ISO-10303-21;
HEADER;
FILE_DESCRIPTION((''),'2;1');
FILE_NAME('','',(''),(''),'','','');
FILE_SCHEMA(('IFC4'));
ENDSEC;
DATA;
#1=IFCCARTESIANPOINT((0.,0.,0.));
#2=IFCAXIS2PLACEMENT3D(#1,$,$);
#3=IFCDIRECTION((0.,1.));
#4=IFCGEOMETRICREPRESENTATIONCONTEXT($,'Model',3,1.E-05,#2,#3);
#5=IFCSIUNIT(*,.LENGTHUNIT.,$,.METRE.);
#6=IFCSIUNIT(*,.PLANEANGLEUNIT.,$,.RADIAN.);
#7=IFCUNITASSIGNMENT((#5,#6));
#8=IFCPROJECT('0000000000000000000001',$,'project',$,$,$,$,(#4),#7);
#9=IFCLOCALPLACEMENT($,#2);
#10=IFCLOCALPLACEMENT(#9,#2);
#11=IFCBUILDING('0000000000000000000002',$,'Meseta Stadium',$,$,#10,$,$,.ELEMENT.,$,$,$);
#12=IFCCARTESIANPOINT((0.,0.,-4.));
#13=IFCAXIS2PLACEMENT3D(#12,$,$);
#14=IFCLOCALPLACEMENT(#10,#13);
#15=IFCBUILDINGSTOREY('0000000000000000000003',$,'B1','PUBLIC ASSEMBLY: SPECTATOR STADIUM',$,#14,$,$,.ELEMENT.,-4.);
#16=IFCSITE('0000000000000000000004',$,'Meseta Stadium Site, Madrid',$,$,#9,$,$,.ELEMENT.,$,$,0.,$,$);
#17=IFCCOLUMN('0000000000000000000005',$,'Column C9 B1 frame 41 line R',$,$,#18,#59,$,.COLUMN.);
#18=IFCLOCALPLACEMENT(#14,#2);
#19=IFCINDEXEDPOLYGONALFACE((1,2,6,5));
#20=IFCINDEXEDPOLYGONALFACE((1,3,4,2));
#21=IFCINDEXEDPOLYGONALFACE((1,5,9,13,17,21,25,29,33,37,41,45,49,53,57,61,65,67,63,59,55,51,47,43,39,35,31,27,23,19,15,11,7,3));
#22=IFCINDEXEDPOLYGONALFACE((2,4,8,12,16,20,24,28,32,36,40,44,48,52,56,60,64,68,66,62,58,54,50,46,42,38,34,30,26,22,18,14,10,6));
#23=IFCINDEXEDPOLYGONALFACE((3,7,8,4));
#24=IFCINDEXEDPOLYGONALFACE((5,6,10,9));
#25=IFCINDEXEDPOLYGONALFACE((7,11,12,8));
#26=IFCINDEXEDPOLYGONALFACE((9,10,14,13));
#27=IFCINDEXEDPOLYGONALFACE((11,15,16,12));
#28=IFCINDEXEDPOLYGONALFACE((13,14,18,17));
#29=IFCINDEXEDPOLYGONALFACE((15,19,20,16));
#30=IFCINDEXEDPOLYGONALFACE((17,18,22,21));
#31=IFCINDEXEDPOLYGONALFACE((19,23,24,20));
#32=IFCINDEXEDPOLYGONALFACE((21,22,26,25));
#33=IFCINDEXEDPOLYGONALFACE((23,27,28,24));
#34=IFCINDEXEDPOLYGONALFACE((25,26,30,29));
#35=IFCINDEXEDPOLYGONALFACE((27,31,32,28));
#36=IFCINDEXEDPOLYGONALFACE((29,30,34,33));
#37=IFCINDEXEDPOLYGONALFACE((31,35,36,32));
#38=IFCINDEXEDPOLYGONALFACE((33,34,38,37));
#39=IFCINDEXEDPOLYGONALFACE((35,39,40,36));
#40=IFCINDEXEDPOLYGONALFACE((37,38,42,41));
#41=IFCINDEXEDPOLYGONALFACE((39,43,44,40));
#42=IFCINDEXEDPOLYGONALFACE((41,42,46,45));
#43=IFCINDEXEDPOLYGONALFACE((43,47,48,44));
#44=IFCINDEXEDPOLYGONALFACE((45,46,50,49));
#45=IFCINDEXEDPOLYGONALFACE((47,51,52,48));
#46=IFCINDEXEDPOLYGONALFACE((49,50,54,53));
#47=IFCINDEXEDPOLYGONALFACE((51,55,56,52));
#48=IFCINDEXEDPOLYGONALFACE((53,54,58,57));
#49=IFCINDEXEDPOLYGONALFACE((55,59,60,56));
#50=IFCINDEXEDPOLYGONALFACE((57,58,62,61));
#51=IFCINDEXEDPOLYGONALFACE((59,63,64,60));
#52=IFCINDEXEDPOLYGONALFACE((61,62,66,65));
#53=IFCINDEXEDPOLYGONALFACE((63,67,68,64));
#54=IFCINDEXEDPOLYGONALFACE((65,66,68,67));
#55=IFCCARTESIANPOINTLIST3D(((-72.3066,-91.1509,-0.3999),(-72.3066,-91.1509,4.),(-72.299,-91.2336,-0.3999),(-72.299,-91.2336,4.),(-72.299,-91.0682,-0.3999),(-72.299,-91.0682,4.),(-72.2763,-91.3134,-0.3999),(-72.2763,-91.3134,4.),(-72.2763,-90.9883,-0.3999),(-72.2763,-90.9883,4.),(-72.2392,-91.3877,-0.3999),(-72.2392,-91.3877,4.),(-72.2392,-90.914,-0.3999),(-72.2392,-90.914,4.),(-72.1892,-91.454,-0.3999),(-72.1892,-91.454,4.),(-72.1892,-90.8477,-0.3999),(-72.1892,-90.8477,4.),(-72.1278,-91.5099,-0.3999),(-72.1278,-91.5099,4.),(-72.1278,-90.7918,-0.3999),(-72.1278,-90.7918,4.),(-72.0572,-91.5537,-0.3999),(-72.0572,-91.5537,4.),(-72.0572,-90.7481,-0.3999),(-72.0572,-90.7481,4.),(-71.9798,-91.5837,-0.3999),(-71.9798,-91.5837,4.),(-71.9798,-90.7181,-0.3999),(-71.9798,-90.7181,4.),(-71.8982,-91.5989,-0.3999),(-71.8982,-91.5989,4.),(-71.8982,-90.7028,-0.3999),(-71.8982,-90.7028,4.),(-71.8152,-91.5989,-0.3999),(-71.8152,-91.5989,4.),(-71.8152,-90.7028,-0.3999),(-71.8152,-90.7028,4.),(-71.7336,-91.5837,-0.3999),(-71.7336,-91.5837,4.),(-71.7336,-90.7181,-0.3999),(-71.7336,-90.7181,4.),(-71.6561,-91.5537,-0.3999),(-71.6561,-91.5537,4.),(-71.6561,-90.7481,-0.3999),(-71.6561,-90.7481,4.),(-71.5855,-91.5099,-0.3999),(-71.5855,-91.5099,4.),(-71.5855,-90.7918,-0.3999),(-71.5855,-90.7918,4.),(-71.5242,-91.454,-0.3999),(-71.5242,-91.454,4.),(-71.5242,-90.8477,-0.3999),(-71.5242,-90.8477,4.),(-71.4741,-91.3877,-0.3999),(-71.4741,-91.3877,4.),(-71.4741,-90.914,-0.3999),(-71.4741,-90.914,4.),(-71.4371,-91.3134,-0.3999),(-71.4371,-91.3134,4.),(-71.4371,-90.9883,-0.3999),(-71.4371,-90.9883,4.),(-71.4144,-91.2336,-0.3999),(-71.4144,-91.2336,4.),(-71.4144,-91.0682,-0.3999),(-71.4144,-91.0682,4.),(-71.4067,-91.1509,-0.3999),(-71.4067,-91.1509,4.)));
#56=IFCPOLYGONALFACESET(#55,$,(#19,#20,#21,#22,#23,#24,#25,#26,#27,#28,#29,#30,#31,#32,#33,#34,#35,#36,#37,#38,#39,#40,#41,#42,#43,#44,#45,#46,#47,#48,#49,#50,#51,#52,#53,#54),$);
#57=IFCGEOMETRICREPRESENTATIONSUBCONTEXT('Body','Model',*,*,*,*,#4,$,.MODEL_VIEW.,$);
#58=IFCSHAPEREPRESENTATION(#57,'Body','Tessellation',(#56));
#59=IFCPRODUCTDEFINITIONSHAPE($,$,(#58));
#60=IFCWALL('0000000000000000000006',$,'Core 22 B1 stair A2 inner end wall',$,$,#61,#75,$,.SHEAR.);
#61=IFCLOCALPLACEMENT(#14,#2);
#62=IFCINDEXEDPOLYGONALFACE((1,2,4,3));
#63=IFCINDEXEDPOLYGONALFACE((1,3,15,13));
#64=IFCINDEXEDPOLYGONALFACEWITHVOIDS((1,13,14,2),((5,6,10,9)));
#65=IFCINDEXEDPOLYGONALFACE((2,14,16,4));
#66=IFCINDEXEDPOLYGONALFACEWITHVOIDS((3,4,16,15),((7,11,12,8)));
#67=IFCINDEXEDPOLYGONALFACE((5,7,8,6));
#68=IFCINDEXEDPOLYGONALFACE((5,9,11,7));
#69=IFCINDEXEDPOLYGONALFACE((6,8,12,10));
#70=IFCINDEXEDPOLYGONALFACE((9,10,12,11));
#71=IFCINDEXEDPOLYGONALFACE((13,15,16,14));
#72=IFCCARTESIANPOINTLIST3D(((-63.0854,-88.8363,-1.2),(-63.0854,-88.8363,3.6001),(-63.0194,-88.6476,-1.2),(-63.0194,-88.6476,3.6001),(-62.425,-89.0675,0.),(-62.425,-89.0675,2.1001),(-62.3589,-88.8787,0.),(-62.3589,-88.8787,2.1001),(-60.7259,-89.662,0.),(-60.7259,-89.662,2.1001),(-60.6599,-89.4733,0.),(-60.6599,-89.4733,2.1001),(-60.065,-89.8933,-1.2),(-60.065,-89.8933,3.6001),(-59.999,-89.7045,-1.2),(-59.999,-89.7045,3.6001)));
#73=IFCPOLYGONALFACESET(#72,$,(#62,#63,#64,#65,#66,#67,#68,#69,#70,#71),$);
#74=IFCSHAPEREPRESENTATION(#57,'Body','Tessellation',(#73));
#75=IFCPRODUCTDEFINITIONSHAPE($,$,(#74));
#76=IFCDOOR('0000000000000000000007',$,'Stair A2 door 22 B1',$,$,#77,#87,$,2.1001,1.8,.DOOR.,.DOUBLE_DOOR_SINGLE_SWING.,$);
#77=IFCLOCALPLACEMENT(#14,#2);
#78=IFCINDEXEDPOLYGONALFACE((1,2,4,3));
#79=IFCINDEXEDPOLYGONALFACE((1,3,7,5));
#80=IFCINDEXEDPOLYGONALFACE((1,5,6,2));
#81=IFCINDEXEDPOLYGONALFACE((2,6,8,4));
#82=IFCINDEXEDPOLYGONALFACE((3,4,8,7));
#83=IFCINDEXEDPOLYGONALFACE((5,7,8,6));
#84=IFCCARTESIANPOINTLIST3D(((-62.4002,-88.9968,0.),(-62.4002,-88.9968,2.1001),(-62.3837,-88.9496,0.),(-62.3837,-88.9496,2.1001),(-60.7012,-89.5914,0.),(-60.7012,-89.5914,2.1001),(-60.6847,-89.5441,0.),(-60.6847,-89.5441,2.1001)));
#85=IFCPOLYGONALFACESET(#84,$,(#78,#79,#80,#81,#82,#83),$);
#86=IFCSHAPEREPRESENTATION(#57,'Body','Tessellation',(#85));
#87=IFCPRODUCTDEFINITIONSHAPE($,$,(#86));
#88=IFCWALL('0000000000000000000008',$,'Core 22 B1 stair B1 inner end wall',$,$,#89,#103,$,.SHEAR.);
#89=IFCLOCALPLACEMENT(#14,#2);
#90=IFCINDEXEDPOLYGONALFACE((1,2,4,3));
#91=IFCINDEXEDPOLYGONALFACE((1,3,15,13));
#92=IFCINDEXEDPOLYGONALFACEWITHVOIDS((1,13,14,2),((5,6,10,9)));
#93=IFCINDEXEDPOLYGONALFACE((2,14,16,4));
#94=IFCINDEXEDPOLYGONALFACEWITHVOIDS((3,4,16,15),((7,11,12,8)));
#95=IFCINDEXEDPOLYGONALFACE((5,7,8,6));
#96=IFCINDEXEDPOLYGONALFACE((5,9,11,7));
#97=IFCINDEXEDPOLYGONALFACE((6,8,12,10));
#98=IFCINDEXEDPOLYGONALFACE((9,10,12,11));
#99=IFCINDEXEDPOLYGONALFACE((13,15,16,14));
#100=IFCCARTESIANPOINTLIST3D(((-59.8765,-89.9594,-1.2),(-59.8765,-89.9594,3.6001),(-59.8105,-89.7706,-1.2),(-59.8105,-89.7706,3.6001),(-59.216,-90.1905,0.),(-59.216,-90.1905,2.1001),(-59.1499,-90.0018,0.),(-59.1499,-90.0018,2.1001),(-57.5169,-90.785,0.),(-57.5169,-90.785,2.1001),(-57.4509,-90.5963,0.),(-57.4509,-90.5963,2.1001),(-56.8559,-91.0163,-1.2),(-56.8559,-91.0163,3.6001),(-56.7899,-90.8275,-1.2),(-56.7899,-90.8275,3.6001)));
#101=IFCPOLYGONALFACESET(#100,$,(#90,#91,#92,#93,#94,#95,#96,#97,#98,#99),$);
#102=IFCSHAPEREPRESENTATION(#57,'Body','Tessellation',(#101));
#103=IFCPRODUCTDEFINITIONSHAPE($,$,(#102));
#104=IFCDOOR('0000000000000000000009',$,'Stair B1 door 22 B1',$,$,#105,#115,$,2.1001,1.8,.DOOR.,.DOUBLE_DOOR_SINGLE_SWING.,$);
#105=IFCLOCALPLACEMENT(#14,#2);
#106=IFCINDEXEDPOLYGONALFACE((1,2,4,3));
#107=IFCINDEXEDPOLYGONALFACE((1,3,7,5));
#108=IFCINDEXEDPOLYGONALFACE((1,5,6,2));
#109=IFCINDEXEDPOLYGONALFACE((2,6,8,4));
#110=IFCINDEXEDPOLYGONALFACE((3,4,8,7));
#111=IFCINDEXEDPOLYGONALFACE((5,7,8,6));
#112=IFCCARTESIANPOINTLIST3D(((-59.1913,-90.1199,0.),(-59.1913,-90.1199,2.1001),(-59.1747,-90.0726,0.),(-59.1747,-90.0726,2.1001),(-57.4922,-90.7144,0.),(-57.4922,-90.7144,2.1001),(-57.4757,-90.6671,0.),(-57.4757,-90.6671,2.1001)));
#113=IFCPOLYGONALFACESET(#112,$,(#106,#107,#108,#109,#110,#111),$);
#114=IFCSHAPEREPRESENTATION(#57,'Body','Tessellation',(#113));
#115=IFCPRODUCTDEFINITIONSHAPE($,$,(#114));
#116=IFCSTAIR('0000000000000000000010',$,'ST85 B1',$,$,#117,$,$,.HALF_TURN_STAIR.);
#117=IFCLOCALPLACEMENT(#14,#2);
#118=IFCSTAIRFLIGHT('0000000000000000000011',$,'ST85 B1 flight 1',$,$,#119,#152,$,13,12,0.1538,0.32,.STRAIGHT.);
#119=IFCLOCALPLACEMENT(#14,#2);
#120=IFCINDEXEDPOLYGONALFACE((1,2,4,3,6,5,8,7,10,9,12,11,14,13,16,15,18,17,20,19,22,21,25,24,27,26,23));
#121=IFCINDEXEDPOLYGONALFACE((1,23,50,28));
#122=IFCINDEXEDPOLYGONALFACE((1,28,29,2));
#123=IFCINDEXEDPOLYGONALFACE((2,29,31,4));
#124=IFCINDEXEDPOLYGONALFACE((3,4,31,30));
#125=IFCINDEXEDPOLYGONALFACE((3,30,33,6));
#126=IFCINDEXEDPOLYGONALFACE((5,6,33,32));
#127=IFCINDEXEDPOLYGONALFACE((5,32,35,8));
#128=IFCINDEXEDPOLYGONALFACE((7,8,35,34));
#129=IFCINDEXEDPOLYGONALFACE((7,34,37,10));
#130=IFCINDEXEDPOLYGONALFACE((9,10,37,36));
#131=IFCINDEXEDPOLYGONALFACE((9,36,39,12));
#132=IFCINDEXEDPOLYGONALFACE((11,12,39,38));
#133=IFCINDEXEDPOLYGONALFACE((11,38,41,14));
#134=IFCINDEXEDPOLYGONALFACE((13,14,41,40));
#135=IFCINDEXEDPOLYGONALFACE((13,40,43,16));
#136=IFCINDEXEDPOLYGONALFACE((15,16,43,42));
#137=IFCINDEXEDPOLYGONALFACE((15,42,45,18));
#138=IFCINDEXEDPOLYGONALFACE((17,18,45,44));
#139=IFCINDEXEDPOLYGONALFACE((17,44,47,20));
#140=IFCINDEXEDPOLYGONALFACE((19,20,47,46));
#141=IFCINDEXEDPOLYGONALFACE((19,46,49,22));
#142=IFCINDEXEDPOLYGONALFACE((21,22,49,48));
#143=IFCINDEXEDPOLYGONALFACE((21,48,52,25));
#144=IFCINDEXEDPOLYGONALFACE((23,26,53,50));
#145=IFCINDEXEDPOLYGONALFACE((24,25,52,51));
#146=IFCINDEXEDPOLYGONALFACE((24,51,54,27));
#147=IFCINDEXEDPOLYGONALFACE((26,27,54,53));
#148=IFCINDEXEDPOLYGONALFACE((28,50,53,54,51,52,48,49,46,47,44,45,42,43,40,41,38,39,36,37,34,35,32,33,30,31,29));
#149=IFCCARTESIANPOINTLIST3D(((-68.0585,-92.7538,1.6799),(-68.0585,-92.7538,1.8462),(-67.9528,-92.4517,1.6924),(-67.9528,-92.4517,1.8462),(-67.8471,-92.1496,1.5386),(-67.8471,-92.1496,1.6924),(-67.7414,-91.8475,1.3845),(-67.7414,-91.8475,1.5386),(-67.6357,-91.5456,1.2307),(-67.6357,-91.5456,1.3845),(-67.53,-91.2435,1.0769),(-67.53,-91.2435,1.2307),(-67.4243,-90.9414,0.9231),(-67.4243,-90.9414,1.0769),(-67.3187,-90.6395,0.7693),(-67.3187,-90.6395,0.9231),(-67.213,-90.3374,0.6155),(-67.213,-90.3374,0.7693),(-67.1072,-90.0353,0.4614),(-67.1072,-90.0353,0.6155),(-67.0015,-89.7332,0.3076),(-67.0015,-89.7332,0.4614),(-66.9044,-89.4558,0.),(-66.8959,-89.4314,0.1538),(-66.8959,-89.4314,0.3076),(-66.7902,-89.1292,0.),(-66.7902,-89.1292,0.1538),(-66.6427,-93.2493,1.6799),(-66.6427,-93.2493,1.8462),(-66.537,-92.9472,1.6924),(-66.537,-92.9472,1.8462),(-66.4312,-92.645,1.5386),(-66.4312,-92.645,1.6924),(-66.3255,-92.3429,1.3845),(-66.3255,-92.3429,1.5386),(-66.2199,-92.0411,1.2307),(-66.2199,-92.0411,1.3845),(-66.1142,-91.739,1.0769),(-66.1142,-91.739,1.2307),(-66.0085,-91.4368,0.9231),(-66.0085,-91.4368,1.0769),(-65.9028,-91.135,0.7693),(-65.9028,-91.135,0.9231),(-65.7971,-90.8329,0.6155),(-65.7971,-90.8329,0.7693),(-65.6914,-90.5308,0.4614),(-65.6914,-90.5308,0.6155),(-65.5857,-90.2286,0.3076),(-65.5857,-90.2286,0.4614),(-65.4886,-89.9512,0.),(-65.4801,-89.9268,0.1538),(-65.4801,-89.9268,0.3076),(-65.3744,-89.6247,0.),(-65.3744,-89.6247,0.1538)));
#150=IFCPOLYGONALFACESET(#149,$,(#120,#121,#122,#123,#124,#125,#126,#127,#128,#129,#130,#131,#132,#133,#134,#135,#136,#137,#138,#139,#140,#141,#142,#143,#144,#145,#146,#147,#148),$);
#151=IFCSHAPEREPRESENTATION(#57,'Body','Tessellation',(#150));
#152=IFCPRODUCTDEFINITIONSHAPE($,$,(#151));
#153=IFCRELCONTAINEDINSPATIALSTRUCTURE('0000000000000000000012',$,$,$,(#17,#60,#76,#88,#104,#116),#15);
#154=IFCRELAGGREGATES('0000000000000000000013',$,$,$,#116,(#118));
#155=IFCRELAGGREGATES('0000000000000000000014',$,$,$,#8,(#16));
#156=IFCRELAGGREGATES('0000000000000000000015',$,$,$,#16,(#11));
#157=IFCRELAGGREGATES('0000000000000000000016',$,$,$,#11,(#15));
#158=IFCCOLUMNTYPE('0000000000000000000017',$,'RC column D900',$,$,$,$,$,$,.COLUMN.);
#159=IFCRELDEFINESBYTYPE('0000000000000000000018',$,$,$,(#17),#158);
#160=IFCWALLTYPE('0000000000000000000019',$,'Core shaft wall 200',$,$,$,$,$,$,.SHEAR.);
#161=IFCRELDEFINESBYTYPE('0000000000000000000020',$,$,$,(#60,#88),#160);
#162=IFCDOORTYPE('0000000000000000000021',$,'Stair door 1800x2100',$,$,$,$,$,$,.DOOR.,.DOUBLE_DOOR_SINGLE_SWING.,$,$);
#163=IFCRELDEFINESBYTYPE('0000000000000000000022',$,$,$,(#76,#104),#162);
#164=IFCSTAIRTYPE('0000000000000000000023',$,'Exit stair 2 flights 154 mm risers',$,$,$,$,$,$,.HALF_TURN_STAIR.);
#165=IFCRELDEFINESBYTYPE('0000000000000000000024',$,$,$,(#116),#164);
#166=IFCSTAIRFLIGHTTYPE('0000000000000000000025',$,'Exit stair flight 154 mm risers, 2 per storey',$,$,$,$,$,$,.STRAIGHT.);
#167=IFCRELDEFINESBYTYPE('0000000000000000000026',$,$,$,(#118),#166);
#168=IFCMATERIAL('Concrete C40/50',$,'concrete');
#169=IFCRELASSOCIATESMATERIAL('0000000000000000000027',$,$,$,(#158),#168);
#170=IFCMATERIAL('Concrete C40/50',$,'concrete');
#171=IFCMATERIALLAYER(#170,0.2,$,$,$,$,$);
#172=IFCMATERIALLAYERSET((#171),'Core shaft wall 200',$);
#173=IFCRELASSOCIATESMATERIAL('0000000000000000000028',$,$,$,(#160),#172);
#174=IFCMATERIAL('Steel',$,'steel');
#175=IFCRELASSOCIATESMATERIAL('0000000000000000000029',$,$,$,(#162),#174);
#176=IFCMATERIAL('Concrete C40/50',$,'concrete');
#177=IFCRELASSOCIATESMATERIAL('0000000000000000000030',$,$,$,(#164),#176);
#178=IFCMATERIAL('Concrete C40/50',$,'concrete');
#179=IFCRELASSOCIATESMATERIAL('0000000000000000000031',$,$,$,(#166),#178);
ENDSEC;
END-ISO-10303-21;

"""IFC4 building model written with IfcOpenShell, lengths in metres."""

from ifc_helpers import new_model, si_unit, direction, frame, frame_2d, origin, origin_2d, place, context, subcontext, project, spatial, polyline, rectangle, circle, outline, extrude, material, layer, layer_set, material_profile, profile_set, type_object, element, fill, aggregate, save


model = new_model("IFC4")

# Units and contexts
model_context = context("Model", 3, precision=1e-05, world=origin(), true_north=direction((0.0, 1.0)))
body_context = subcontext(model_context, "Body", "Model", "MODEL_VIEW")
ifc_project = project(units=[si_unit("LENGTHUNIT", "METRE"), si_unit("PLANEANGLEUNIT", "RADIAN")], contexts=[model_context])

# Site, building, storey
site_placement = place(None, origin())
site = spatial("IfcSite", under=ifc_project, at=site_placement, Name="Meseta Stadium Site, Madrid", CompositionType="ELEMENT", RefElevation=0.0)
building_placement = place(site_placement, origin())
building = spatial("IfcBuilding", under=site, at=building_placement, Name="Meseta Stadium", CompositionType="ELEMENT")
storey_placement = place(building_placement, frame((0.0, 0.0, -4.0)))
storey = spatial("IfcBuildingStorey", under=building, at=storey_placement, Name="B1", Description="PUBLIC ASSEMBLY: SPECTATOR STADIUM", CompositionType="ELEMENT", Elevation=-4.0)

# Column
ifc_material_1 = material(Name="Concrete C40/50", Category="concrete")
ifc_material_profile = material_profile(ifc_material_1, circle(Radius=0.45, at=origin_2d()), Name="RC D900")
ifc_profile_set = profile_set([ifc_material_profile], Name="Concrete C40/50")
column_type = type_object("IfcColumnType", Name="RC column D900", PredefinedType="COLUMN", material=ifc_profile_set)
column_placement = place(storey_placement, frame((-71.8567, -91.1509, -0.3999), z_axis=(0.0, 0.0, 1.0), x_axis=(1.0, 0.0, 0.0)))
element("IfcColumn", 1, at=column_placement, inside=storey, type_object=column_type, Name="Column C9 B1 frame 41 line R", PredefinedType="COLUMN", context=body_context, shape_type="SweptSolid", body=[
    extrude(circle(Radius=0.45, at=origin_2d()), origin(), (0.0, 0.0, 1.0), 4.3999),
])

# Walls, openings, doors
ifc_material_2 = material(Name="Concrete C40/50", Category="concrete")
ifc_layer = layer(ifc_material_2, 0.2)
ifc_layer_set = layer_set([ifc_layer], Name="Core shaft wall 200")
wall_type = type_object("IfcWallType", Name="Core shaft wall 200", PredefinedType="SHEAR", material=ifc_layer_set)
wall_1_placement = place(storey_placement, frame((-63.0525, -88.7419, -1.2), z_axis=(0.0, 0.0, 1.0), x_axis=(0.943879, -0.330293, 0.0)))
wall_1 = element("IfcWall", 2, at=wall_1_placement, inside=storey, type_object=wall_type, Name="Core 22 B1 stair A2 inner end wall", PredefinedType="SHEAR", context=body_context, shape_type="SweptSolid", body=[
    extrude(rectangle(XDim=3.2, YDim=0.2, at=frame_2d((1.6001, 0.0))), origin(), (0.0, 0.0, 1.0), 4.8),
])
opening_1_placement = place(wall_1_placement, frame((0.7, 0.0, 1.2)))
opening_1 = element("IfcOpeningElement", 3, at=opening_1_placement, cuts=wall_1, PredefinedType="OPENING", context=body_context, shape_type="SweptSolid", body=[
    extrude(rectangle(XDim=1.8, YDim=2.1001, at=frame_2d((0.8999, 1.05))), frame((0.0, 0.1099, 0.0), z_axis=(0.0, -1.0, 0.0), x_axis=(1.0, 0.0, 0.0)), (0.0, 0.0, 1.0), 0.22),
])
ifc_material_3 = material(Name="Steel", Category="steel")
door_type = type_object("IfcDoorType", Name="Stair door 1800x2100", OperationType="DOUBLE_DOOR_SINGLE_SWING", PredefinedType="DOOR", material=ifc_material_3)
door_1_placement = place(opening_1_placement, origin())
door_1 = element("IfcDoor", 4, at=door_1_placement, inside=storey, type_object=door_type, Name="Stair A2 door 22 B1", OperationType="DOUBLE_DOOR_SINGLE_SWING", OverallHeight=2.1001, OverallWidth=1.8, PredefinedType="DOOR", context=body_context, shape_type="SweptSolid", body=[
    extrude(rectangle(XDim=1.8, YDim=2.1001, at=frame_2d((0.8999, 1.05))), frame((0.0, 0.0249, 0.0), z_axis=(0.0, -1.0, 0.0), x_axis=(1.0, 0.0, 0.0)), (0.0, 0.0, 1.0), 0.05),
])
fill(opening_1, door_1)
wall_2_placement = place(storey_placement, frame((-59.8435, -89.865, -1.2), z_axis=(0.0, 0.0, 1.0), x_axis=(0.943887, -0.330269, 0.0)))
wall_2 = element("IfcWall", 5, at=wall_2_placement, inside=storey, type_object=wall_type, Name="Core 22 B1 stair B1 inner end wall", PredefinedType="SHEAR", context=body_context, shape_type="SweptSolid", body=[
    extrude(rectangle(XDim=3.2002, YDim=0.2, at=frame_2d((1.6001, 0.0))), origin(), (0.0, 0.0, 1.0), 4.8),
])
opening_2_placement = place(wall_2_placement, frame((0.7, 0.0, 1.2)))
opening_2 = element("IfcOpeningElement", 6, at=opening_2_placement, cuts=wall_2, PredefinedType="OPENING", context=body_context, shape_type="SweptSolid", body=[
    extrude(rectangle(XDim=1.8, YDim=2.1001, at=frame_2d((0.8999, 1.05))), frame((0.0, 0.1099, 0.0), z_axis=(0.0, -1.0, 0.0), x_axis=(1.0, 0.0, 0.0)), (0.0, 0.0, 1.0), 0.22),
])
door_2_placement = place(opening_2_placement, origin())
door_2 = element("IfcDoor", 7, at=door_2_placement, inside=storey, type_object=door_type, Name="Stair B1 door 22 B1", OperationType="DOUBLE_DOOR_SINGLE_SWING", OverallHeight=2.1001, OverallWidth=1.8, PredefinedType="DOOR", context=body_context, shape_type="SweptSolid", body=[
    extrude(rectangle(XDim=1.8, YDim=2.1001, at=frame_2d((0.8999, 1.05))), frame((0.0, 0.0249, 0.0), z_axis=(0.0, -1.0, 0.0), x_axis=(1.0, 0.0, 0.0)), (0.0, 0.0, 1.0), 0.05),
])
fill(opening_2, door_2)

# Stair, stair flight
ifc_material_4 = material(Name="Concrete C40/50", Category="concrete")
stair_type = type_object("IfcStairType", Name="Exit stair 2 flights 154 mm risers", PredefinedType="HALF_TURN_STAIR", material=ifc_material_4)
stair_1_placement = place(storey_placement, origin())
stair_1 = element("IfcStair", 8, at=stair_1_placement, inside=storey, type_object=stair_type, Name="ST85 B1", PredefinedType="HALF_TURN_STAIR")
ifc_material_5 = material(Name="Concrete C40/50", Category="concrete")
stair_flight_type = type_object("IfcStairFlightType", Name="Exit stair flight 154 mm risers, 2 per storey", PredefinedType="STRAIGHT", material=ifc_material_5)
stair_flight_1_placement = place(storey_placement, frame((-66.0823, -89.377, 0.0), z_axis=(0.0, 0.0, 1.0), x_axis=(-0.330279, -0.943883, 0.0)))
stair_flight_1 = element("IfcStairFlight", 9, at=stair_flight_1_placement, type_object=stair_flight_type, Name="ST85 B1 flight 1", NumberOfRisers=13, NumberOfTreads=12, PredefinedType="STRAIGHT", RiserHeight=0.1538, TreadLength=0.32, context=body_context, shape_type="SweptSolid", body=[
    extrude(outline(polyline([(0.0, 0.0), (0.0, 0.1538), (0.3201, 0.1538), (0.3201, 0.3076), (0.6399, 0.3076), (0.6399, 0.4614), (0.96, 0.4614), (0.96, 0.6155), (1.28, 0.6155), (1.28, 0.7693), (1.6001, 0.7693), (1.6001, 0.9231), (1.9199, 0.9231), (1.9199, 1.0769), (2.24, 1.0769), (2.24, 1.2307), (2.5601, 1.2307), (2.5601, 1.3845), (2.8799, 1.3845), (2.8799, 1.5386), (3.2, 1.5386), (3.2, 1.6924), (3.52, 1.6924), (3.52, 1.8462), (3.8401, 1.8462), (3.8401, 1.6799), (0.3459, 0.0), (0.0, 0.0)])), frame((0.0, 0.75, 0.0), z_axis=(0.0, -1.0, 0.0), x_axis=(1.0, 0.0, 0.0)), (0.0, 0.0, 1.0), 1.5),
])
aggregate(stair_1, [stair_flight_1])

save(model, "model.ifc")
